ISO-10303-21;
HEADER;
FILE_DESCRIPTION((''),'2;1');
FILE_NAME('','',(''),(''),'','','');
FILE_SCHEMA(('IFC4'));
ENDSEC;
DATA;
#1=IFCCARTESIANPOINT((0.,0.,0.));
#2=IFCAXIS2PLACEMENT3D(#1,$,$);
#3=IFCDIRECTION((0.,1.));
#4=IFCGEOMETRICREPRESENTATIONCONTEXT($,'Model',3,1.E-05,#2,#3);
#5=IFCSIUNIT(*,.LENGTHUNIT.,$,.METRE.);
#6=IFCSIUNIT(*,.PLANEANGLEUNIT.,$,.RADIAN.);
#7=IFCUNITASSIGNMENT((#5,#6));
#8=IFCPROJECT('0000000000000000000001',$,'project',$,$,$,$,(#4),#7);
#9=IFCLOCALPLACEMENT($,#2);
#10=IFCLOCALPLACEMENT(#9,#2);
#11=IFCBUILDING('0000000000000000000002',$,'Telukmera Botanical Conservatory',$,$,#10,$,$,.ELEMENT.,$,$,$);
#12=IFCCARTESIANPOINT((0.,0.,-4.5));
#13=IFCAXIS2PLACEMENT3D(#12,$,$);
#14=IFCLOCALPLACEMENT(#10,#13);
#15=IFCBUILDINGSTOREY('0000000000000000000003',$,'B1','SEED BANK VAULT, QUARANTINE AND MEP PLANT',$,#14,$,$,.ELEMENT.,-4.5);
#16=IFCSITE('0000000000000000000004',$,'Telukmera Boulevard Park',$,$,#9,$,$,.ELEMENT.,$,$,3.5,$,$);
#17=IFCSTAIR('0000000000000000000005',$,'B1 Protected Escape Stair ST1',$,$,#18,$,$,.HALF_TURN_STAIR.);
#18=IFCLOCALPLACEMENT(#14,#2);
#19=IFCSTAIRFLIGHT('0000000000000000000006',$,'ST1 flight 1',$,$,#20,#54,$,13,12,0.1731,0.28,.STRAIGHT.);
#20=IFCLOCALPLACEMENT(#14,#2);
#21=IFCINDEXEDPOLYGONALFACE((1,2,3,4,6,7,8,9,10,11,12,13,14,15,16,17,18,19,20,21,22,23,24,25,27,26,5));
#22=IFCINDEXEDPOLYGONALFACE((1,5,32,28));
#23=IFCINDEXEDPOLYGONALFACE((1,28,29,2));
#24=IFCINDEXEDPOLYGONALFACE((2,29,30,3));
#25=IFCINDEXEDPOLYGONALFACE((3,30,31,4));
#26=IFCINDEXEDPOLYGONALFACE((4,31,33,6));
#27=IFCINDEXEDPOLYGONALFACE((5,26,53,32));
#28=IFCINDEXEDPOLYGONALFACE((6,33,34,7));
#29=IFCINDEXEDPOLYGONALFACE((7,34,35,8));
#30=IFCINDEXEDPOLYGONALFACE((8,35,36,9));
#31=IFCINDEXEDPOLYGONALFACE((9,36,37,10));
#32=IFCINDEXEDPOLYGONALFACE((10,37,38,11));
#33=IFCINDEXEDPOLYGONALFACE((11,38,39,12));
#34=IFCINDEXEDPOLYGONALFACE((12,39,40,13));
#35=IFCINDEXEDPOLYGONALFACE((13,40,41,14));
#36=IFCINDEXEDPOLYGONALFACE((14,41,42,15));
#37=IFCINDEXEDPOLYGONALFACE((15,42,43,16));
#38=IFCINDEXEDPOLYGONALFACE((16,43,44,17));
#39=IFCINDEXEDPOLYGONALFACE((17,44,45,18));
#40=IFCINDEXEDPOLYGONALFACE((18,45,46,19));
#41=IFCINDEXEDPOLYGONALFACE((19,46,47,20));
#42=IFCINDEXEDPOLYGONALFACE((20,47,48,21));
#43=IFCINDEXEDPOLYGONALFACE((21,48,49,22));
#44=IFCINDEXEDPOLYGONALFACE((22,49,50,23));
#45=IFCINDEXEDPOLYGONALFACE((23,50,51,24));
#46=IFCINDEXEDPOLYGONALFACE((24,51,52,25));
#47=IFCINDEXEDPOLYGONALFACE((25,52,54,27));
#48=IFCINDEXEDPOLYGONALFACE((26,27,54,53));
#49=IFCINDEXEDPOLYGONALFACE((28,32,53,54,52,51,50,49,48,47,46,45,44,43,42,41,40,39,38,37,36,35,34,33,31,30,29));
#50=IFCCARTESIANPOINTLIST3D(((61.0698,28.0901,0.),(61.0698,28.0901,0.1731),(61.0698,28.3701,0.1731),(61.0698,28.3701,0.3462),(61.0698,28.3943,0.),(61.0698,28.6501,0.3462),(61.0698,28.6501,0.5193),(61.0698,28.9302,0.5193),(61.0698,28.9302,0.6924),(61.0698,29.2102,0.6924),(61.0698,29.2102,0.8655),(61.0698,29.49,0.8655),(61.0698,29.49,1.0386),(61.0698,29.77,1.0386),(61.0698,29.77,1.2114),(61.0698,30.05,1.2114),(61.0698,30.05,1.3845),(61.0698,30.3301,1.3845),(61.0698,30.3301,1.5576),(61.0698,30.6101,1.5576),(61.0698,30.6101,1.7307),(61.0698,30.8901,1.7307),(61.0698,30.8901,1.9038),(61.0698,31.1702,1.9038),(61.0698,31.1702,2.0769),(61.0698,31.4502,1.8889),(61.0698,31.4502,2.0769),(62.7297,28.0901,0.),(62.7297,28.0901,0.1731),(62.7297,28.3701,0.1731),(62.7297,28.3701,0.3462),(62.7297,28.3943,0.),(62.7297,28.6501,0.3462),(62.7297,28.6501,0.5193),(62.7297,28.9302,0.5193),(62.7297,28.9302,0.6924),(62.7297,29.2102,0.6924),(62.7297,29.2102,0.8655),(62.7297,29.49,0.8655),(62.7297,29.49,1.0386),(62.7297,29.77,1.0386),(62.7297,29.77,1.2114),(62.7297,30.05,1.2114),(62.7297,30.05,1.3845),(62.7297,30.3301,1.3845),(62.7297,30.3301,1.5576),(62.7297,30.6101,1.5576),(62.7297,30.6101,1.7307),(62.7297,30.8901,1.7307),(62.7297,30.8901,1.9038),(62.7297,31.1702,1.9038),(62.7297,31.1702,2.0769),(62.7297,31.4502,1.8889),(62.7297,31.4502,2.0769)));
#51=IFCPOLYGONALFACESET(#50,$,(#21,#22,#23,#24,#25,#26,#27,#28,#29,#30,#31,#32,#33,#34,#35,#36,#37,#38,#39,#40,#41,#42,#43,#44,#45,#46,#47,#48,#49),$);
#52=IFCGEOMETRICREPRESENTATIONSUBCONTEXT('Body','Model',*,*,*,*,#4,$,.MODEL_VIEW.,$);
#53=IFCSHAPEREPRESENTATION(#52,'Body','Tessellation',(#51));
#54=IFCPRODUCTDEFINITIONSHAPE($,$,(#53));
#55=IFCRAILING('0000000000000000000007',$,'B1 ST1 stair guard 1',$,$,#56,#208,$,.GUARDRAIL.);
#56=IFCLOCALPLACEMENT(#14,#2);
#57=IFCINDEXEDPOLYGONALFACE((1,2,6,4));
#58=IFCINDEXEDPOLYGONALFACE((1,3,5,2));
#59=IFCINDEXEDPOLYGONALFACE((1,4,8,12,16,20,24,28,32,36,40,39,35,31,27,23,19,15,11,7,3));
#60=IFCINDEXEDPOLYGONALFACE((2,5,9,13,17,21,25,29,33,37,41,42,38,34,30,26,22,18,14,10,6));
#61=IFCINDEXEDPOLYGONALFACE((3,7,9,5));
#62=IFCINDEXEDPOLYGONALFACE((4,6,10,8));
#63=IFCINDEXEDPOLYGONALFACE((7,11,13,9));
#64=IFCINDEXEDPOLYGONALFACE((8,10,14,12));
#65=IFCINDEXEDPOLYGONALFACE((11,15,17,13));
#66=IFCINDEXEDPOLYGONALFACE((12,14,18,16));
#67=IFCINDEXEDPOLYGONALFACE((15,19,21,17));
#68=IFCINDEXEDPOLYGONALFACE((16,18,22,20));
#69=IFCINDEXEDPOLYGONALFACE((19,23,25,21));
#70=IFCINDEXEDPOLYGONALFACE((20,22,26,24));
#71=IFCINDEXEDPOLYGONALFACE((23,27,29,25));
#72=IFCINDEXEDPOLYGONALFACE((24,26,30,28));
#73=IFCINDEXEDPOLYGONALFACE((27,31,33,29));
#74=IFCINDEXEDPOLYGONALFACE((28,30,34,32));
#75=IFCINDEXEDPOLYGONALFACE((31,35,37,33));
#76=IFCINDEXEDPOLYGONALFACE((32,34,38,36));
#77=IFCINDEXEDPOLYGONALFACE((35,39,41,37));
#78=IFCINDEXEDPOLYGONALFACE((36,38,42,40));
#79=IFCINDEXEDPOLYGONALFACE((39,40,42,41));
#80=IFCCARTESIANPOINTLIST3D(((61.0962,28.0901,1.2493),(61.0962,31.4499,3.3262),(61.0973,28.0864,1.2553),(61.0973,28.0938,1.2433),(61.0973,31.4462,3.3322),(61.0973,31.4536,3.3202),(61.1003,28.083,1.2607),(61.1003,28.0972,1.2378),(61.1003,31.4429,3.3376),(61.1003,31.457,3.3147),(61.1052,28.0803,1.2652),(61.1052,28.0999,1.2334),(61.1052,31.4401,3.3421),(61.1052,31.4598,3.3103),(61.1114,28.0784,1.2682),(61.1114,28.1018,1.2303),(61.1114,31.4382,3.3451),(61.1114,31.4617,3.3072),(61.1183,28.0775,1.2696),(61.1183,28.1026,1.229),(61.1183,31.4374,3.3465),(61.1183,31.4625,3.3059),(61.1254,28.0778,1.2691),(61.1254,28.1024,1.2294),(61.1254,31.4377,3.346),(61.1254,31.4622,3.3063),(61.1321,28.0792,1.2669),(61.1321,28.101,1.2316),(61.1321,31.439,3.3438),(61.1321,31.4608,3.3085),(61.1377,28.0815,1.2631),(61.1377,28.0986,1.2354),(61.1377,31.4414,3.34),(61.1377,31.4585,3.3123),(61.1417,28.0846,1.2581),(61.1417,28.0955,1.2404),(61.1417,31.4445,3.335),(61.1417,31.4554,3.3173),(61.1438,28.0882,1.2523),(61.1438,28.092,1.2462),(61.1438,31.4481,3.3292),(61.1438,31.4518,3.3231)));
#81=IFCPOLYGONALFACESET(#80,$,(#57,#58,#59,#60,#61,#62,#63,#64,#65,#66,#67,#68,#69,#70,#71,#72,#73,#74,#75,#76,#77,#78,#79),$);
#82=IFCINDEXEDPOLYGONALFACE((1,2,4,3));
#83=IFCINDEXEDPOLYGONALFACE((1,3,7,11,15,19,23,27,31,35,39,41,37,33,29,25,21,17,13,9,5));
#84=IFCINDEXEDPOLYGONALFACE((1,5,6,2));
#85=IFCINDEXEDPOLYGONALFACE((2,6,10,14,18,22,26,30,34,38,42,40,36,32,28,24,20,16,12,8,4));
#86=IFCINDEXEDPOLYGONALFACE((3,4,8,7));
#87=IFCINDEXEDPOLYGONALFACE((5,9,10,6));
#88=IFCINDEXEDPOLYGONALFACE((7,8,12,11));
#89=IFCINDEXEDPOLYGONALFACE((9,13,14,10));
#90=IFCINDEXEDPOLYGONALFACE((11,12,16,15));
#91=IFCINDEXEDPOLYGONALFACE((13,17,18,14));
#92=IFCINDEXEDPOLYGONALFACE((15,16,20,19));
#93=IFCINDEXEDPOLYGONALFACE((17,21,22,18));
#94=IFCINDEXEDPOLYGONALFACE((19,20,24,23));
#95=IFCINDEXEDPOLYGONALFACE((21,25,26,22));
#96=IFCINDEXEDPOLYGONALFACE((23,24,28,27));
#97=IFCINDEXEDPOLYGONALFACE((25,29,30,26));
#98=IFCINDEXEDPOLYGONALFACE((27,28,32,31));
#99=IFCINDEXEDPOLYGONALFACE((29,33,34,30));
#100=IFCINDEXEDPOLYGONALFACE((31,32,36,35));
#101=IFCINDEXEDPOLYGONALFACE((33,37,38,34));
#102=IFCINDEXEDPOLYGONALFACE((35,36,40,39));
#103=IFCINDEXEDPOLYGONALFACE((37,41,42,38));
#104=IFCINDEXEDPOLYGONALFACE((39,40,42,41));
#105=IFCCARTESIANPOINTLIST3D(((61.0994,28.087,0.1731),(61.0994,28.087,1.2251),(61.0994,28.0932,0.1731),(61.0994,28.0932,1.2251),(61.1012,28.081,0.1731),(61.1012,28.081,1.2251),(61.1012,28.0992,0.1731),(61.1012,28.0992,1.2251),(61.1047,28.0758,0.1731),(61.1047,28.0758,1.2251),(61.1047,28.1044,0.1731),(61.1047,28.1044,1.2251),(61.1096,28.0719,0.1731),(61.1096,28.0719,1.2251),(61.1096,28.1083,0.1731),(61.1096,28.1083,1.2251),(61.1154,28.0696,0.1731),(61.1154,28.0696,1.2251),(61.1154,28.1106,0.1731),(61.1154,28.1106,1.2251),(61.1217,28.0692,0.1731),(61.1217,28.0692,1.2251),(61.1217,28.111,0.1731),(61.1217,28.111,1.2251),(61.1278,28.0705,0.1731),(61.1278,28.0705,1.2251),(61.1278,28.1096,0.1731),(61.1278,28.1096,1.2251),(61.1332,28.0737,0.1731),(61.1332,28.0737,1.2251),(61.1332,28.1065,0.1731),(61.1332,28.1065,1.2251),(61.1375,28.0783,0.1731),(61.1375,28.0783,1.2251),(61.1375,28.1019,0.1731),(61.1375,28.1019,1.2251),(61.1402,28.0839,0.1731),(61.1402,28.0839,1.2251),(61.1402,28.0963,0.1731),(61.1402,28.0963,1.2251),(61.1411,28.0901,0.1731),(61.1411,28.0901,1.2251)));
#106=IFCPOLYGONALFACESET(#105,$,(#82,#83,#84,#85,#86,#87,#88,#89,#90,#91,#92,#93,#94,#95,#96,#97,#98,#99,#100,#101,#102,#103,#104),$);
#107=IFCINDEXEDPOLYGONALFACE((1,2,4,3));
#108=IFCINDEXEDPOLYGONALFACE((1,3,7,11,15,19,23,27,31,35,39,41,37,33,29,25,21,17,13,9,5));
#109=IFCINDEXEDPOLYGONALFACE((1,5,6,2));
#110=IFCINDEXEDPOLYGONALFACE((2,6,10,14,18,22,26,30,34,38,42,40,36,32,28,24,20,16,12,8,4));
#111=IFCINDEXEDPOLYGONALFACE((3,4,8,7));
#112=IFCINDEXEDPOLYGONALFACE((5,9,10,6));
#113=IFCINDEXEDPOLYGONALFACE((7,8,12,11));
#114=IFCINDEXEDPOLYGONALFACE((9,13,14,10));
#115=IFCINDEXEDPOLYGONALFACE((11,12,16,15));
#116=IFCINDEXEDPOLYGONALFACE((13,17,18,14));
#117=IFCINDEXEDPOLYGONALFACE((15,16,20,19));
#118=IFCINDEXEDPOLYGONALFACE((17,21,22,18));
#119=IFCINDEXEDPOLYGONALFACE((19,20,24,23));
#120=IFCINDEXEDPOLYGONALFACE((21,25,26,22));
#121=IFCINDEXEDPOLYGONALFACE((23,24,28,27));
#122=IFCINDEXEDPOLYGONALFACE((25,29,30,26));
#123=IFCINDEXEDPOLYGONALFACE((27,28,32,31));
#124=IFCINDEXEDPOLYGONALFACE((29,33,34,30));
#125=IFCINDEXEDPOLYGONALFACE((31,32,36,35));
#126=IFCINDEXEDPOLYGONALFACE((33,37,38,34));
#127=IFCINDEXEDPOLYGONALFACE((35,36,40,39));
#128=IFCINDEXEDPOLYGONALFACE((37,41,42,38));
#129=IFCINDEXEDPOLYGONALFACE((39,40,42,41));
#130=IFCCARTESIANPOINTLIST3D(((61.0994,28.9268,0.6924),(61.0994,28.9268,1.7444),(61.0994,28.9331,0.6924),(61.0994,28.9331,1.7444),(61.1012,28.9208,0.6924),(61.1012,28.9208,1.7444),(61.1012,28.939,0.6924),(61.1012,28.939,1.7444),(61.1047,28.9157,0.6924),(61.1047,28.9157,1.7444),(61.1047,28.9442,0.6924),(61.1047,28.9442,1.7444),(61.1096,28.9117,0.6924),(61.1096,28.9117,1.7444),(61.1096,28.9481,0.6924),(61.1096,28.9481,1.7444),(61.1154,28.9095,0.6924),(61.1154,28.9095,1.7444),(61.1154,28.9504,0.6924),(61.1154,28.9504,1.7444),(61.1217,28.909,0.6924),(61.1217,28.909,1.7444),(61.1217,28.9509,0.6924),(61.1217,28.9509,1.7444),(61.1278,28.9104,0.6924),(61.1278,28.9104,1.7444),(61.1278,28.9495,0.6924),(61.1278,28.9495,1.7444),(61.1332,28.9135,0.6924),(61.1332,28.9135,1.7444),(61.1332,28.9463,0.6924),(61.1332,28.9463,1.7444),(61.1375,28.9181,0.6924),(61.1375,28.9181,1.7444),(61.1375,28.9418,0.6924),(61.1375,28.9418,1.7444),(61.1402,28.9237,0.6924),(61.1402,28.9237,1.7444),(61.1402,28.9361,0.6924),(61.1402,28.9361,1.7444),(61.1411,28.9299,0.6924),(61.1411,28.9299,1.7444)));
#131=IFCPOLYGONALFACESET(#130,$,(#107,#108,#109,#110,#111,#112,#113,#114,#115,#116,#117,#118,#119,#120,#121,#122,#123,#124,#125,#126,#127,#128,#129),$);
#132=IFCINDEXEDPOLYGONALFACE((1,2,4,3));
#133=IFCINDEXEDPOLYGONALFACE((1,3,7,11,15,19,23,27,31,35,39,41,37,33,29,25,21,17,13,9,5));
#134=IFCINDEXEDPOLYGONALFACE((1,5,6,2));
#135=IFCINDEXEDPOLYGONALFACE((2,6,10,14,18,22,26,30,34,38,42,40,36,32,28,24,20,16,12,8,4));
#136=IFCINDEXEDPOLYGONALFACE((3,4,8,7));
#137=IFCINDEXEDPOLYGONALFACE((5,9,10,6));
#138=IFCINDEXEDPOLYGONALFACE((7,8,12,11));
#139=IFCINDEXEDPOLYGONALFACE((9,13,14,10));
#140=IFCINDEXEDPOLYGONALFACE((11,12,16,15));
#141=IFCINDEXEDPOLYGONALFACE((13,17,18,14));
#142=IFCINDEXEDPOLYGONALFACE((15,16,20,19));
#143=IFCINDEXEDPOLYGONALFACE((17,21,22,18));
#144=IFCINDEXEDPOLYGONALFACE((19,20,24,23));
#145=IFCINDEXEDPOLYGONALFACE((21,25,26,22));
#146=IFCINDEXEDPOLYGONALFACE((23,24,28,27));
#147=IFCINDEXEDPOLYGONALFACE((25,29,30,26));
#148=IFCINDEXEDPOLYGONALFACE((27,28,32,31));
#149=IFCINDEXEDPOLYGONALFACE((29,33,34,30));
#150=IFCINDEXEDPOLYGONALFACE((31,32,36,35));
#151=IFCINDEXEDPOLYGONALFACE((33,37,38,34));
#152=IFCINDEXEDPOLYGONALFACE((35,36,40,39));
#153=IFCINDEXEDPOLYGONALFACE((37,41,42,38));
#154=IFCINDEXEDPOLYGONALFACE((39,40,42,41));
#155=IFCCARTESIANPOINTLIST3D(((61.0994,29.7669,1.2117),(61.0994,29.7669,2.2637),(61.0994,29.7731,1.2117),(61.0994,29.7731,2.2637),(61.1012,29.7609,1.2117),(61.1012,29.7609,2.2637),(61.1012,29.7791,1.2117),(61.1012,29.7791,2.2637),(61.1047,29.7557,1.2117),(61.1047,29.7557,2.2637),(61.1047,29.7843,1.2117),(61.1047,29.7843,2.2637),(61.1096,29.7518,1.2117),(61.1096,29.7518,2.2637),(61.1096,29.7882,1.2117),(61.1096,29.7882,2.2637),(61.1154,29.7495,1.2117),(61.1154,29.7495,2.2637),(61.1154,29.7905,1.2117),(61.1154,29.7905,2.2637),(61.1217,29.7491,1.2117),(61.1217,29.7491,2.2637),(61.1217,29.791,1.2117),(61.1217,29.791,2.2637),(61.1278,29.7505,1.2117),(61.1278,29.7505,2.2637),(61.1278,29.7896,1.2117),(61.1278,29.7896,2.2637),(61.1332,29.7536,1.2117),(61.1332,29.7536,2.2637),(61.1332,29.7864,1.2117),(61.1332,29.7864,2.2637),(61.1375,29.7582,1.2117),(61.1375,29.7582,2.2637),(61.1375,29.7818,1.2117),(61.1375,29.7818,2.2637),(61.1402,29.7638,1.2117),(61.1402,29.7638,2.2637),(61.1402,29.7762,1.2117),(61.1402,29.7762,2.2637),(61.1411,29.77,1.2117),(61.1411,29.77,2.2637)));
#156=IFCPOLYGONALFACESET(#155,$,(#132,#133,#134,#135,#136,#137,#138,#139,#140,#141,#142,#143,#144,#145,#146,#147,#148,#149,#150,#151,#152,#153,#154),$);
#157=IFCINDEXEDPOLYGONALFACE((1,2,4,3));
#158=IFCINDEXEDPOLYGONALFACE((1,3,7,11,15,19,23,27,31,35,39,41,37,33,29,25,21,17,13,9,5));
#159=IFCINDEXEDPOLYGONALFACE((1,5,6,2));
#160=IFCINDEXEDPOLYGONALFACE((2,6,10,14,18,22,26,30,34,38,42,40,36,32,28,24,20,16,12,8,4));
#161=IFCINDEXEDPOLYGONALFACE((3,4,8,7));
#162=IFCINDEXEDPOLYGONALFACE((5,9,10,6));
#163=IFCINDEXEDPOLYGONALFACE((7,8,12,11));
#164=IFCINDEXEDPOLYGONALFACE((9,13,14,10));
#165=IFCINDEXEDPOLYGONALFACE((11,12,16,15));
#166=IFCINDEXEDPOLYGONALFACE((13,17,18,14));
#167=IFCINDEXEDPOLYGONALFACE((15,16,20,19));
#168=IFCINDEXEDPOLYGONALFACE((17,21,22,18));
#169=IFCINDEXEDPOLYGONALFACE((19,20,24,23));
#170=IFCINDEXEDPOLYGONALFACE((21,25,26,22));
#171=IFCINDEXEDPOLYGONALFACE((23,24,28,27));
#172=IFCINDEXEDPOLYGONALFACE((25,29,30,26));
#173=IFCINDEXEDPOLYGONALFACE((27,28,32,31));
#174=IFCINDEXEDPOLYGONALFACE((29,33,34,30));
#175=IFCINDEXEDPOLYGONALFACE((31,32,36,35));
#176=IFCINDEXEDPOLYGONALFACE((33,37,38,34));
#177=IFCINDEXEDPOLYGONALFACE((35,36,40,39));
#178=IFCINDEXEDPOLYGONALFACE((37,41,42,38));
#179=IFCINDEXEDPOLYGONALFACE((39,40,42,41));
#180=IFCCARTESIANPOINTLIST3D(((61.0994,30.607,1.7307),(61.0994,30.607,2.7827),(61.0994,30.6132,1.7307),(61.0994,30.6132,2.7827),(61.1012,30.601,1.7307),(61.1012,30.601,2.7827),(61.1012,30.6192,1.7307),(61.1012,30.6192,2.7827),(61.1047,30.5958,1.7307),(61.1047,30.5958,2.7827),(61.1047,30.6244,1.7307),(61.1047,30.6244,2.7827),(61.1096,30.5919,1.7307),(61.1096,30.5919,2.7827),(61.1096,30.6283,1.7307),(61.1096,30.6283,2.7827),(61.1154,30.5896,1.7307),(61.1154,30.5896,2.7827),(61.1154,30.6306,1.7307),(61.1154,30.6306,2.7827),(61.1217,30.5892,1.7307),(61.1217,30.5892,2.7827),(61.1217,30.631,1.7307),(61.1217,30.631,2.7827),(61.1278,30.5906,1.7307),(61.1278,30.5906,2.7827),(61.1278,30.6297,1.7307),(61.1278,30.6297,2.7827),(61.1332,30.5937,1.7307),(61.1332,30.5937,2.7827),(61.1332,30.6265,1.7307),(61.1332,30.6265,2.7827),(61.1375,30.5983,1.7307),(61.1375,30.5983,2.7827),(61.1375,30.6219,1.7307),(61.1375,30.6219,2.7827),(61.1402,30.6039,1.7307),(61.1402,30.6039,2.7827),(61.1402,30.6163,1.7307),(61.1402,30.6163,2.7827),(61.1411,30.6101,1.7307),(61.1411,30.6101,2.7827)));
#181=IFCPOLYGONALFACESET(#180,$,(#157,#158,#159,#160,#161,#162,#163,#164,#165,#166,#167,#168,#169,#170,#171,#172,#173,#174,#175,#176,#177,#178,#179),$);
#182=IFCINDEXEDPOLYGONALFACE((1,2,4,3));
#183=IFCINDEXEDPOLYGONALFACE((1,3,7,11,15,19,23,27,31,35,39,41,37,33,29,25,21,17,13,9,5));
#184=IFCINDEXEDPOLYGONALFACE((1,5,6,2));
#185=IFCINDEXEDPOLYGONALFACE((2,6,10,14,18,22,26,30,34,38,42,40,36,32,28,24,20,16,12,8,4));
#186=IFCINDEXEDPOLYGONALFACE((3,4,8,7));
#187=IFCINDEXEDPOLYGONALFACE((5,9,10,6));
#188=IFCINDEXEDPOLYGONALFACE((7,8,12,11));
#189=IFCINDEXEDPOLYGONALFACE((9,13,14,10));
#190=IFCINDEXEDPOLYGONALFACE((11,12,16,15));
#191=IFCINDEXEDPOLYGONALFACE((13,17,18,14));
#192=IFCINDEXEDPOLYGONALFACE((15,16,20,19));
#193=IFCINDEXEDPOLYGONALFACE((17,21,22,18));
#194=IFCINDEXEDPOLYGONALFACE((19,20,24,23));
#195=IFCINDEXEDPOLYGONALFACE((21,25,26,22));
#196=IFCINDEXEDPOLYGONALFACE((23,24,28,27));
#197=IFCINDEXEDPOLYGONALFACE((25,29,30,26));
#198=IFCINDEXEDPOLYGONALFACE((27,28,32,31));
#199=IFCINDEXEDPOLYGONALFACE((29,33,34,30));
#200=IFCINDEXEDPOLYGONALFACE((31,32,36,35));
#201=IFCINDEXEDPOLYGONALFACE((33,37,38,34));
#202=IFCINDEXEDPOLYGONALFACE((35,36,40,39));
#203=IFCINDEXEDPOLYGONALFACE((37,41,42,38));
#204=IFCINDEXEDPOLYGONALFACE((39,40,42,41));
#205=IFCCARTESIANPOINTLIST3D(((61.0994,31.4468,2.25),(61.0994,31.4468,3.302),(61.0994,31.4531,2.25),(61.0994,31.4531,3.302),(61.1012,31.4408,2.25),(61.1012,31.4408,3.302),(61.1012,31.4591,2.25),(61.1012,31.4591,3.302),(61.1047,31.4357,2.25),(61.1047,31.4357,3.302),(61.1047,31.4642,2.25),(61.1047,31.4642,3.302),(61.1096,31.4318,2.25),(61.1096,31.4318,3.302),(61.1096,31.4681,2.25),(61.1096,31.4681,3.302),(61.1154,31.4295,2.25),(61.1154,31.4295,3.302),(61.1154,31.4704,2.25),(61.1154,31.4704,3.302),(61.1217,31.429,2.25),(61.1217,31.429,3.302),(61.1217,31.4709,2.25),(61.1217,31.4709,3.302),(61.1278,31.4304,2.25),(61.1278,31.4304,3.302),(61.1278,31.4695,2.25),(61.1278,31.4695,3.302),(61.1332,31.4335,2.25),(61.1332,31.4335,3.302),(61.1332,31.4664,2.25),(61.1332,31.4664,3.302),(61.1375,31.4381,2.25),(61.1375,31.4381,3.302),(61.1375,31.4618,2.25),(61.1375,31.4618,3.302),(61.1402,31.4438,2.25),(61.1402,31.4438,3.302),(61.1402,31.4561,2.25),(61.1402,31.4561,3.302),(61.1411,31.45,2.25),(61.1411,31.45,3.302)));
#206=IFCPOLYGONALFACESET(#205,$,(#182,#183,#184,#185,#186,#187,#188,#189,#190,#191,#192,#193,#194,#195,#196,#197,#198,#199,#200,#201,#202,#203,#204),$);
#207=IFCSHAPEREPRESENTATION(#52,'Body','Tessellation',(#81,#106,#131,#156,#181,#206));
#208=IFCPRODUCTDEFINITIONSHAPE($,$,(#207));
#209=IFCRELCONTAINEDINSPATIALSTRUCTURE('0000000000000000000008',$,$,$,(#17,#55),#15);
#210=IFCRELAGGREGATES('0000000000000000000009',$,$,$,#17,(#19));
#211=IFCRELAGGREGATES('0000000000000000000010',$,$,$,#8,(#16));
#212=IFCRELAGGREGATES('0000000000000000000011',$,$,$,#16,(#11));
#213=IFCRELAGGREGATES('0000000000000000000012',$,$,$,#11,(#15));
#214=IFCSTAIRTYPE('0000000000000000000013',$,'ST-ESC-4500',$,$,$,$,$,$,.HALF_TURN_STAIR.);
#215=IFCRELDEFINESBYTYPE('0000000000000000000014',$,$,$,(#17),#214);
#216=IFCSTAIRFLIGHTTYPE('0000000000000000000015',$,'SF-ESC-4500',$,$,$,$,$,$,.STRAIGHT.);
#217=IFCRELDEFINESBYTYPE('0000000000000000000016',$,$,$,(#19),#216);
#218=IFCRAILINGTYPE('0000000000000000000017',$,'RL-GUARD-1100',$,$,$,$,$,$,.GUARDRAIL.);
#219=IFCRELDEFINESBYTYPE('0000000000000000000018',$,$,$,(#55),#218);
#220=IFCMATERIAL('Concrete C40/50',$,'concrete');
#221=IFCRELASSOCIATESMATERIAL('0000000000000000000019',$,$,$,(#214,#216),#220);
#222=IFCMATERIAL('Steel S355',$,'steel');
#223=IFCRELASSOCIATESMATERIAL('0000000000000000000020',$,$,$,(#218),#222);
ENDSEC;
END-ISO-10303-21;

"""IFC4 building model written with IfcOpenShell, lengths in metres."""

from ifc_helpers import new_model, si_unit, direction, frame, origin, origin_2d, place, context, subcontext, project, spatial, polyline, circle, outline, extrude, material, type_object, element, aggregate, save


model = new_model("IFC4")

# Units and contexts
model_context = context("Model", 3, precision=1e-05, world=origin(), true_north=direction((0.0, 1.0)))
body_context = subcontext(model_context, "Body", "Model", "MODEL_VIEW")
ifc_project = project(units=[si_unit("LENGTHUNIT", "METRE"), si_unit("PLANEANGLEUNIT", "RADIAN")], contexts=[model_context])

# Site, building, storey
site_placement = place(None, origin())
site = spatial("IfcSite", under=ifc_project, at=site_placement, Name="Telukmera Boulevard Park", CompositionType="ELEMENT", RefElevation=3.5)
building_placement = place(site_placement, origin())
building = spatial("IfcBuilding", under=site, at=building_placement, Name="Telukmera Botanical Conservatory", CompositionType="ELEMENT")
storey_placement = place(building_placement, frame((0.0, 0.0, -4.5)))
storey = spatial("IfcBuildingStorey", under=building, at=storey_placement, Name="B1", Description="SEED BANK VAULT, QUARANTINE AND MEP PLANT", CompositionType="ELEMENT", Elevation=-4.5)

# Shared definitions
ifc_material_1 = material(Name="Concrete C40/50", Category="concrete")

# Stair, stair flight
stair_type = type_object("IfcStairType", Name="ST-ESC-4500", PredefinedType="HALF_TURN_STAIR", material=ifc_material_1)
stair_placement = place(storey_placement, origin())
stair = element("IfcStair", 1, at=stair_placement, inside=storey, type_object=stair_type, Name="B1 Protected Escape Stair ST1", PredefinedType="HALF_TURN_STAIR")
stair_flight_type = type_object("IfcStairFlightType", Name="SF-ESC-4500", PredefinedType="STRAIGHT", material=ifc_material_1)
stair_flight_placement = place(storey_placement, frame((61.8999, 28.0901, 0.0), z_axis=(0.0, 0.0, 1.0), x_axis=(0.0, 1.0, 0.0)))
stair_flight = element("IfcStairFlight", 2, at=stair_flight_placement, type_object=stair_flight_type, Name="ST1 flight 1", NumberOfRisers=13, NumberOfTreads=12, PredefinedType="STRAIGHT", RiserHeight=0.1731, TreadLength=0.28, context=body_context, shape_type="SweptSolid", body=[
    extrude(outline(polyline([(0.0, 0.0), (0.0, 0.1731), (0.28, 0.1731), (0.28, 0.3462), (0.5601, 0.3462), (0.5601, 0.5193), (0.8401, 0.5193), (0.8401, 0.6924), (1.1201, 0.6924), (1.1201, 0.8655), (1.3999, 0.8655), (1.3999, 1.0386), (1.6799, 1.0386), (1.6799, 1.2114), (1.96, 1.2114), (1.96, 1.3845), (2.24, 1.3845), (2.24, 1.5576), (2.52, 1.5576), (2.52, 1.7307), (2.8, 1.7307), (2.8, 1.9038), (3.0801, 1.9038), (3.0801, 2.0769), (3.3601, 2.0769), (3.3601, 2.25), (3.3601, 1.8889), (0.3042, 0.0), (0.0, 0.0)])), frame((0.0, 0.8301, 0.0), z_axis=(0.0, -1.0, 0.0), x_axis=(1.0, 0.0, 0.0)), (0.0, 0.0, 1.0), 1.6599),
])
aggregate(stair, [stair_flight])

# Railing
ifc_material_2 = material(Name="Steel S355", Category="steel")
railing_type_1 = type_object("IfcRailingType", Name="RL-GUARD-1100", PredefinedType="GUARDRAIL", material=ifc_material_2)
railing_1_placement = place(storey_placement, frame((61.1201, 28.0901, 0.1731)))
element("IfcRailing", 3, at=railing_1_placement, inside=storey, type_object=railing_type_1, Name="B1 ST1 stair guard 1", PredefinedType="GUARDRAIL", context=body_context, shape_type="SweptSolid", body=[
    extrude(circle(Radius=0.0239, at=origin_2d()), frame((0.0, 0.0, 1.0762), z_axis=(0.0, 0.850606, 0.525803), x_axis=(-1.0, 0.0, 0.0)), (0.0, 0.0, 1.0), 3.95),
    extrude(circle(Radius=0.021, at=origin_2d()), origin(), (0.0, 0.0, 1.0), 1.052),
    extrude(circle(Radius=0.021, at=origin_2d()), frame((0.0, 0.8398, 0.5193)), (0.0, 0.0, 1.0), 1.052),
    extrude(circle(Radius=0.021, at=origin_2d()), frame((0.0, 1.6799, 1.0386)), (0.0, 0.0, 1.0), 1.052),
    extrude(circle(Radius=0.021, at=origin_2d()), frame((0.0, 2.52, 1.5576)), (0.0, 0.0, 1.0), 1.052),
    extrude(circle(Radius=0.021, at=origin_2d()), frame((0.0, 3.3599, 2.0769)), (0.0, 0.0, 1.0), 1.052),
])

save(model, "model.ifc")
